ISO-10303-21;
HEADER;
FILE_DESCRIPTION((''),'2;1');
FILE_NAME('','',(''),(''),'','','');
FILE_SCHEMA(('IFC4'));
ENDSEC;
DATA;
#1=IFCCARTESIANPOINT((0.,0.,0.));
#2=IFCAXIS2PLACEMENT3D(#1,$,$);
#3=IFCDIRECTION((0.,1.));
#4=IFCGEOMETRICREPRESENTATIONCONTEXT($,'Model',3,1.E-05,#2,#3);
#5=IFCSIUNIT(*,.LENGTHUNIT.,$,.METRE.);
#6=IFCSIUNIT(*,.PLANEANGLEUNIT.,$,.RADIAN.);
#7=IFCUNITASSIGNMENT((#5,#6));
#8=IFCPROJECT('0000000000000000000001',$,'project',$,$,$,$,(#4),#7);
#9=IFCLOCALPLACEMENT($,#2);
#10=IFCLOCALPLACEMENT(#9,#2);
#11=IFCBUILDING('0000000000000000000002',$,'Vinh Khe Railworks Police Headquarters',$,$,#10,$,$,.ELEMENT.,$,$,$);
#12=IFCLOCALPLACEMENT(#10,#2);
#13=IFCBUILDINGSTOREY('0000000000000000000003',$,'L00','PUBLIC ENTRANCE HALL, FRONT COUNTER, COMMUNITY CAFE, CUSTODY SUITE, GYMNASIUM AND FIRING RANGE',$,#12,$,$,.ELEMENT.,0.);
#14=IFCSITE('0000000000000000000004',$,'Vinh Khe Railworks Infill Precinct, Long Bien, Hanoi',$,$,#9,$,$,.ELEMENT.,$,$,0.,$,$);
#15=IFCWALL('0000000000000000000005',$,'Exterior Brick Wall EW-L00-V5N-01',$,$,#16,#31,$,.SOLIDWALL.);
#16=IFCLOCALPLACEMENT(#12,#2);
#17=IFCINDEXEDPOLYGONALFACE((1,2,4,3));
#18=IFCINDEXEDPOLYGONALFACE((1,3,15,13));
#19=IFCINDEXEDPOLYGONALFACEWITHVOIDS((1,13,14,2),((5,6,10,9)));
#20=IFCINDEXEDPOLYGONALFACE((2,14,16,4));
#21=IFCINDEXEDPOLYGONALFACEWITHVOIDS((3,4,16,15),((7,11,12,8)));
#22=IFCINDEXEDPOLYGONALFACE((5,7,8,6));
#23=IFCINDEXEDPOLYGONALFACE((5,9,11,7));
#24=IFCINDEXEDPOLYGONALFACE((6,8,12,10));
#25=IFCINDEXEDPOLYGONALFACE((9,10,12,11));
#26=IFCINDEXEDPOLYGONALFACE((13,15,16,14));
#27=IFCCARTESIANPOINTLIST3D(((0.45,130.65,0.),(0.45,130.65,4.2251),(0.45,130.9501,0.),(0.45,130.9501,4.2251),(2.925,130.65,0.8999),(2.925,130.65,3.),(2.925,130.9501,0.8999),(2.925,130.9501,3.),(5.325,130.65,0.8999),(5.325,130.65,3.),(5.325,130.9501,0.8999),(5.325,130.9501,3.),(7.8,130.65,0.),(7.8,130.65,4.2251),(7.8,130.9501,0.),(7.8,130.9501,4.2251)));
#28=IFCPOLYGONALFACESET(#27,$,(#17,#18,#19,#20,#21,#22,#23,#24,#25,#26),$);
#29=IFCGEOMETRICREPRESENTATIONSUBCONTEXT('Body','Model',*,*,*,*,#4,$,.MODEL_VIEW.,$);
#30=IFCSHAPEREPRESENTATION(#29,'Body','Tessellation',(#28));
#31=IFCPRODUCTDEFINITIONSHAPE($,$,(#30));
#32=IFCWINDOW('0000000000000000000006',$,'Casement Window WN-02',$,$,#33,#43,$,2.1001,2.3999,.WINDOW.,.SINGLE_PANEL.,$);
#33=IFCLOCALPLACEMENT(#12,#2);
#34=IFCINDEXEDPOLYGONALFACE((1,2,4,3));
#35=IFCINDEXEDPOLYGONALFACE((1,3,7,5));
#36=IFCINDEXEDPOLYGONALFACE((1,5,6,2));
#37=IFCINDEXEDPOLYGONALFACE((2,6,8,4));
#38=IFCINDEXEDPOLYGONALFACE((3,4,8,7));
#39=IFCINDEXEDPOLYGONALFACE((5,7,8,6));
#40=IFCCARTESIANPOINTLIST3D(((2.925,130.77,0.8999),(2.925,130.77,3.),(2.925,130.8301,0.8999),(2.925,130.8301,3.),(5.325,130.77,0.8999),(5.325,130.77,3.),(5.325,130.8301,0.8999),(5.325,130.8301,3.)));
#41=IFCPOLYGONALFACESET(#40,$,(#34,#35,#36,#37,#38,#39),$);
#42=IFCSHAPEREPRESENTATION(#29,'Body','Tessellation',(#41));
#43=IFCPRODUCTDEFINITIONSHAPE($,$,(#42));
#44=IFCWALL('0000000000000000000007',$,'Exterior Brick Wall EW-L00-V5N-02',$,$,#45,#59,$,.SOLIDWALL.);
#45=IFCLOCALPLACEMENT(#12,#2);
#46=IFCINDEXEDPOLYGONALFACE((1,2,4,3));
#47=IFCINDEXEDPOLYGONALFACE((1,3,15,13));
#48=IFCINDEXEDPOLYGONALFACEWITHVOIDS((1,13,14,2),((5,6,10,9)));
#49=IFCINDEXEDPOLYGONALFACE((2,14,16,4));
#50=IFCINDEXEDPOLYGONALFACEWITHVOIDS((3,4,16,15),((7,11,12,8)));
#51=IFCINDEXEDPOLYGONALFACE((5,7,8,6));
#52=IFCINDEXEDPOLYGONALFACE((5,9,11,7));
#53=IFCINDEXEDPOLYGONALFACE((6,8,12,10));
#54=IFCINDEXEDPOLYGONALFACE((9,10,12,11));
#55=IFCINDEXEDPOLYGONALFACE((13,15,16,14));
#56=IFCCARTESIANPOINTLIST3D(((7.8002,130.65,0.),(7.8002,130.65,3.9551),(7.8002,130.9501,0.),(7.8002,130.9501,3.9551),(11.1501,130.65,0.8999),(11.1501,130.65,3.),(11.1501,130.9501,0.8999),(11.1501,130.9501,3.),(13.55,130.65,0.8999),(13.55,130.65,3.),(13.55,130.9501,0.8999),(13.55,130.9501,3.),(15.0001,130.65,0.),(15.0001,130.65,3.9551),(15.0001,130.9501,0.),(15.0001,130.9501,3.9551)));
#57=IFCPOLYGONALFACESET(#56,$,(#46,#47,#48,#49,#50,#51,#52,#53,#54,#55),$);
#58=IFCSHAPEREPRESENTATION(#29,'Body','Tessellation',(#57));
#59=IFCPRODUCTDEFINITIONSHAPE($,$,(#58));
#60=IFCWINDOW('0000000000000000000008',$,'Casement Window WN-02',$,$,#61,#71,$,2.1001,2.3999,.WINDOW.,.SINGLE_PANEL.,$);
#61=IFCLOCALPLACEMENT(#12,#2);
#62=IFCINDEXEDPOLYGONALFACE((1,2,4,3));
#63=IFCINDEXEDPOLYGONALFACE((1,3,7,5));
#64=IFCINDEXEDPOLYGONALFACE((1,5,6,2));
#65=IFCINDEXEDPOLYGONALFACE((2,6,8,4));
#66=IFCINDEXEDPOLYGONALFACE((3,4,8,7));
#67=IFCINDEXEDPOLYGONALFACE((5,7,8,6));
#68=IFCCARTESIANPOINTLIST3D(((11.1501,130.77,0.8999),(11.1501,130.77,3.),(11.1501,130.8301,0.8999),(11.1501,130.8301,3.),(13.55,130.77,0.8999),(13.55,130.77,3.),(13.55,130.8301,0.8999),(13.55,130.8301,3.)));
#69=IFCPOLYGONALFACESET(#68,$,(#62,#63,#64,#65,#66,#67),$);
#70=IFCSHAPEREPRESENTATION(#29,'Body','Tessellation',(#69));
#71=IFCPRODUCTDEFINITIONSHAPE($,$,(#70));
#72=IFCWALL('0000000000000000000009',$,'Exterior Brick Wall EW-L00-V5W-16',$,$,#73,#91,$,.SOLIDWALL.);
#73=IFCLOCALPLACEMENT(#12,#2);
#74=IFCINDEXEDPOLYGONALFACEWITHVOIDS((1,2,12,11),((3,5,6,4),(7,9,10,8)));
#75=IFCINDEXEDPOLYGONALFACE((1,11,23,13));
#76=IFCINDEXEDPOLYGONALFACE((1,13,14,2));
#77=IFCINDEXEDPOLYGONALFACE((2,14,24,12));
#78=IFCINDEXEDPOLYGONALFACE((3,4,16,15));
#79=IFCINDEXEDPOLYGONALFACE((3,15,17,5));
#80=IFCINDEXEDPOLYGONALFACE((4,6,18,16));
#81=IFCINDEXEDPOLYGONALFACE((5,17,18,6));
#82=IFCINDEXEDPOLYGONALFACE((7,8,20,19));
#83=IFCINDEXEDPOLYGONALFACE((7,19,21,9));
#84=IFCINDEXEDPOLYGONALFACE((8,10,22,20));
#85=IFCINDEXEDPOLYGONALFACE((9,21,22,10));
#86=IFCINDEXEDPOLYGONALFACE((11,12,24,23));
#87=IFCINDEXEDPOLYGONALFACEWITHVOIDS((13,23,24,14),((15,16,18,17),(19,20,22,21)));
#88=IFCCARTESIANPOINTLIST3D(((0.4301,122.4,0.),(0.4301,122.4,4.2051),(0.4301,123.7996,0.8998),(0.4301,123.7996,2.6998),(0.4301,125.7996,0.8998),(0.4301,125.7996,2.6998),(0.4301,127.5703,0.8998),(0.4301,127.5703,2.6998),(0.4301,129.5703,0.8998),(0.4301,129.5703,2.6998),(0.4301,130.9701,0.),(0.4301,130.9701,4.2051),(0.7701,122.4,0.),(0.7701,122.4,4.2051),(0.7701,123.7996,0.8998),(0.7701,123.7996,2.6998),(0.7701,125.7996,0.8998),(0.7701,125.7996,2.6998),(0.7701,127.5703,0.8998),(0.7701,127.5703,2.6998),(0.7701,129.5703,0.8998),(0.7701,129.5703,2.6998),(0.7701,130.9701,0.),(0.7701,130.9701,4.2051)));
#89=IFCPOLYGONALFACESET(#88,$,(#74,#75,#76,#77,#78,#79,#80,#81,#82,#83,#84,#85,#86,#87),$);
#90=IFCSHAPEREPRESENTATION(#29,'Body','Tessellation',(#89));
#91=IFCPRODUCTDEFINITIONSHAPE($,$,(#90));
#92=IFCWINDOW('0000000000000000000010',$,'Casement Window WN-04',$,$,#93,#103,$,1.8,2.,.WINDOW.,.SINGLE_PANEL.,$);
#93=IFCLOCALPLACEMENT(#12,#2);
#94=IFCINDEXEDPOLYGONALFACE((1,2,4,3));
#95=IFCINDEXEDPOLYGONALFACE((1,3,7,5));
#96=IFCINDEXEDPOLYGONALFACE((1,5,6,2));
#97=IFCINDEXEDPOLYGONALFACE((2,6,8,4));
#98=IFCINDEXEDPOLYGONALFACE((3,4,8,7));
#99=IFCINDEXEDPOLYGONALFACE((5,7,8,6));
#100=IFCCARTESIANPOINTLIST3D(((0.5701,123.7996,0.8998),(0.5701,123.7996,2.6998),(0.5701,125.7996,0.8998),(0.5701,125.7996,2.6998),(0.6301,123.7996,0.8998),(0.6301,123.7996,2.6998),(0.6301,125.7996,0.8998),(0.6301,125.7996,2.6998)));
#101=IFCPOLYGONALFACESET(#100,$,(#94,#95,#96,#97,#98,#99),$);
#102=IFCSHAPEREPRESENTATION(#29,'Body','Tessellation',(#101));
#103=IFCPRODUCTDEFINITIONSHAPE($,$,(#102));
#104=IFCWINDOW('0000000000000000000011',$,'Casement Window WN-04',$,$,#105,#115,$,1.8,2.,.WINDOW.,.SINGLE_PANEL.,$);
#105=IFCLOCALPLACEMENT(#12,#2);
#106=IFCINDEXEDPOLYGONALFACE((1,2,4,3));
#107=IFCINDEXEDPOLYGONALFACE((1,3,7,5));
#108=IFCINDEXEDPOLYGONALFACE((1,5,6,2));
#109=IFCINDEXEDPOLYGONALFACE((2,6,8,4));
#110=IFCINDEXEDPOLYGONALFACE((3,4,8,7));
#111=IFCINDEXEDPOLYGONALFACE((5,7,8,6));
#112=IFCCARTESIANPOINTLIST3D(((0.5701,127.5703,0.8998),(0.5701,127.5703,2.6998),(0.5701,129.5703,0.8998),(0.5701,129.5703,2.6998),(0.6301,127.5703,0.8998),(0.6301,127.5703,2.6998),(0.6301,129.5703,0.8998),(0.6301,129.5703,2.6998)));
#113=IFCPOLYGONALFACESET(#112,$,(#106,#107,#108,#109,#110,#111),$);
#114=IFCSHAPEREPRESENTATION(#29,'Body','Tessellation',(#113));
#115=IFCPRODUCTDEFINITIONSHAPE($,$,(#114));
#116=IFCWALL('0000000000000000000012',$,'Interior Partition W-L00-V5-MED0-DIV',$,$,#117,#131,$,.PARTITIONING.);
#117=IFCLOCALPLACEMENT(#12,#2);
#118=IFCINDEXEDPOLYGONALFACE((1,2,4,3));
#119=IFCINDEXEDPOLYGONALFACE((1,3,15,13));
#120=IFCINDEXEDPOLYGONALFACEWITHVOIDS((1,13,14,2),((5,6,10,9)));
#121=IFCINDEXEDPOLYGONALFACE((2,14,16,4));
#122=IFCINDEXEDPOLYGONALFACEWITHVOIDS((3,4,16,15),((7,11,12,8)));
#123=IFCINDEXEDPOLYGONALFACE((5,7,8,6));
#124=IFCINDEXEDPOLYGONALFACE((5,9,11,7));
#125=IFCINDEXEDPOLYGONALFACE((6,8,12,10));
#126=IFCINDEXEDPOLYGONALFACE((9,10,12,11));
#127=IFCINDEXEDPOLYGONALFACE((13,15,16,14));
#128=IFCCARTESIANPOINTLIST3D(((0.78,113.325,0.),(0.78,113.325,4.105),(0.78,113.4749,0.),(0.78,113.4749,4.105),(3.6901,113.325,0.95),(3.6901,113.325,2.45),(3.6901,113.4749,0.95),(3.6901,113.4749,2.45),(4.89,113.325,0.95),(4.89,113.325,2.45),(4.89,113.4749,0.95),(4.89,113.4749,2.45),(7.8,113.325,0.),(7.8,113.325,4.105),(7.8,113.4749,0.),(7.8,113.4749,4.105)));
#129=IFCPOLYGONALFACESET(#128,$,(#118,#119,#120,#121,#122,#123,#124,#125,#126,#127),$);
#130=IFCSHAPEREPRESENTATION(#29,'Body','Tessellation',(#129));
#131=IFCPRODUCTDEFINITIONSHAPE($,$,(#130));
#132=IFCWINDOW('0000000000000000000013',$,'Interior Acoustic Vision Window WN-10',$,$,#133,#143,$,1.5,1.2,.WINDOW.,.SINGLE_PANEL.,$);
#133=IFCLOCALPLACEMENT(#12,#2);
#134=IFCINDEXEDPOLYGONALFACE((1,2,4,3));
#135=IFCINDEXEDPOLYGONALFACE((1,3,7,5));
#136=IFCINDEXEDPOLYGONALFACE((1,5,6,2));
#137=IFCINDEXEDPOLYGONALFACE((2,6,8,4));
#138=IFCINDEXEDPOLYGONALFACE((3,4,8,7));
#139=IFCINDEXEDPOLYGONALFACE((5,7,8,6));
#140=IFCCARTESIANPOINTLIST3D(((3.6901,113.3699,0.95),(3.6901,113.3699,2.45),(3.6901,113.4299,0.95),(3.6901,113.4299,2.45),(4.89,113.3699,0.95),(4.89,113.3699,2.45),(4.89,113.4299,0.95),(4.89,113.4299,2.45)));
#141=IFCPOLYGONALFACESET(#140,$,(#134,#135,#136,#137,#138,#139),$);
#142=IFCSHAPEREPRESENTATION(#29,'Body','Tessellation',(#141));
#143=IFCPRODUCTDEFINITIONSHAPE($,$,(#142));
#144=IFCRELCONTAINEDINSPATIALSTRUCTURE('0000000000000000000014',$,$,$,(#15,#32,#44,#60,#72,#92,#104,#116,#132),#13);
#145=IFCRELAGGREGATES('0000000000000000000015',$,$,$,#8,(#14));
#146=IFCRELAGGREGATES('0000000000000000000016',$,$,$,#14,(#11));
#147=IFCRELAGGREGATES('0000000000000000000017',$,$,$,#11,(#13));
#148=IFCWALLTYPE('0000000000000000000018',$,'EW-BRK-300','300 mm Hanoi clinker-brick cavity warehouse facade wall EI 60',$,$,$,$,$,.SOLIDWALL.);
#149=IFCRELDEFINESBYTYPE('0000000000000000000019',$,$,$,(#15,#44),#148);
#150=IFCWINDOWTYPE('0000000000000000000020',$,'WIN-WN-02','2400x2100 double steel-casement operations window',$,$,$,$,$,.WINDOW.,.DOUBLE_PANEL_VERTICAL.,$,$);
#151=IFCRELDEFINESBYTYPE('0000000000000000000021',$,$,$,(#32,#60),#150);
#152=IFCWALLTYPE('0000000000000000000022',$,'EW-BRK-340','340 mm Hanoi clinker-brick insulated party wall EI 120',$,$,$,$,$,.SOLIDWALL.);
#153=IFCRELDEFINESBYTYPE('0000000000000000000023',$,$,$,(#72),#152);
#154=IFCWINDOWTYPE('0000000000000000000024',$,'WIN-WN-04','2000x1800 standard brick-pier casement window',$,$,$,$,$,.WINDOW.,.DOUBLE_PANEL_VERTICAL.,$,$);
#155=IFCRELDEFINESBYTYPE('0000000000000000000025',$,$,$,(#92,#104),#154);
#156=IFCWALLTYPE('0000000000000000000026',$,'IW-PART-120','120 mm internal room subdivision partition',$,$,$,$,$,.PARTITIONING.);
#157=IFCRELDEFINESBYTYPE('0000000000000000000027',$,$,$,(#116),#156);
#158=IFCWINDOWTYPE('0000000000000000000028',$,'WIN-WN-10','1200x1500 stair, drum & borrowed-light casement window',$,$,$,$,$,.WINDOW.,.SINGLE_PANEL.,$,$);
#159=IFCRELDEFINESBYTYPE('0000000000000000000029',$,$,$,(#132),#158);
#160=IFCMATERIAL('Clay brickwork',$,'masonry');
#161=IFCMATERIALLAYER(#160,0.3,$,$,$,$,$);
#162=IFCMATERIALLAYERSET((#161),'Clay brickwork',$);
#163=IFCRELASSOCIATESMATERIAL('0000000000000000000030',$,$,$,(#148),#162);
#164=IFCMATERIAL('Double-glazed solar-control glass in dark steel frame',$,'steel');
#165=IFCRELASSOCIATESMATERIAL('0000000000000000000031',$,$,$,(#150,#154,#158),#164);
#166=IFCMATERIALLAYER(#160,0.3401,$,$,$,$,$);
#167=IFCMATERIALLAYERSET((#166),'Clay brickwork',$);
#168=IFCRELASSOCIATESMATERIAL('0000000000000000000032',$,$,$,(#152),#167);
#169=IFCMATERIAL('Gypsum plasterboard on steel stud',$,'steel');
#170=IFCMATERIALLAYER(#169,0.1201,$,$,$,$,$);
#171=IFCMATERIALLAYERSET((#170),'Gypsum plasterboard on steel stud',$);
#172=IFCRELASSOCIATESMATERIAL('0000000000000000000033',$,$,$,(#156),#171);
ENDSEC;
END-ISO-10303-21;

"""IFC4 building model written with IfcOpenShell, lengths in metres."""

from ifc_helpers import new_model, si_unit, direction, frame, frame_2d, origin, place, context, subcontext, project, spatial, rectangle, extrude, material, layer, layer_set, type_object, element, fill, save


model = new_model("IFC4")

# Units and contexts
model_context = context("Model", 3, precision=1e-05, world=origin(), true_north=direction((0.0, 1.0)))
body_context = subcontext(model_context, "Body", "Model", "MODEL_VIEW")
ifc_project = project(units=[si_unit("LENGTHUNIT", "METRE"), si_unit("PLANEANGLEUNIT", "RADIAN")], contexts=[model_context])

# Site, building, storey
site_placement = place(None, origin())
site = spatial("IfcSite", under=ifc_project, at=site_placement, Name="Vinh Khe Railworks Infill Precinct, Long Bien, Hanoi", CompositionType="ELEMENT", RefElevation=0.0)
building_placement = place(site_placement, origin())
building = spatial("IfcBuilding", under=site, at=building_placement, Name="Vinh Khe Railworks Police Headquarters", CompositionType="ELEMENT")
storey_placement = place(building_placement, origin())
storey = spatial("IfcBuildingStorey", under=building, at=storey_placement, Name="L00", Description="PUBLIC ENTRANCE HALL, FRONT COUNTER, COMMUNITY CAFE, CUSTODY SUITE, GYMNASIUM AND FIRING RANGE", CompositionType="ELEMENT", Elevation=0.0)

# Walls, openings, windows
ifc_material_1 = material(Name="Clay brickwork", Category="masonry")
ifc_layer_1 = layer(ifc_material_1, 0.3)
ifc_layer_set_1 = layer_set([ifc_layer_1], Name="Clay brickwork")
wall_type_1 = type_object("IfcWallType", Name="EW-BRK-300", Description="300 mm Hanoi clinker-brick cavity warehouse facade wall EI 60", PredefinedType="SOLIDWALL", material=ifc_layer_set_1)
wall_1_placement = place(storey_placement, frame((0.45, 130.8, 0.0), z_axis=(0.0, 0.0, 1.0), x_axis=(1.0, 0.0, 0.0)))
wall_1 = element("IfcWall", 1, at=wall_1_placement, inside=storey, type_object=wall_type_1, Name="Exterior Brick Wall EW-L00-V5N-01", PredefinedType="SOLIDWALL", context=body_context, shape_type="SweptSolid", body=[
    extrude(rectangle(XDim=7.3501, YDim=0.3, at=frame_2d((3.675, 0.0))), origin(), (0.0, 0.0, 1.0), 4.2251),
])
opening_1_placement = place(wall_1_placement, frame((2.4751, 0.0, 0.8999)))
opening_1 = element("IfcOpeningElement", 2, at=opening_1_placement, cuts=wall_1, PredefinedType="OPENING", context=body_context, shape_type="SweptSolid", body=[
    extrude(rectangle(XDim=2.3999, YDim=2.1001, at=frame_2d((1.2, 1.05))), frame((0.0, 0.165, 0.0), z_axis=(0.0, -1.0, 0.0), x_axis=(1.0, 0.0, 0.0)), (0.0, 0.0, 1.0), 0.3298),
])
ifc_material_2 = material(Name="Double-glazed solar-control glass in dark steel frame", Category="steel")
window_type_1 = type_object("IfcWindowType", Name="WIN-WN-02", Description="2400x2100 double steel-casement operations window", PartitioningType="DOUBLE_PANEL_VERTICAL", PredefinedType="WINDOW", material=ifc_material_2)
window_1_placement = place(opening_1_placement, origin())
window_1 = element("IfcWindow", 3, at=window_1_placement, inside=storey, type_object=window_type_1, Name="Casement Window WN-02", OverallHeight=2.1001, OverallWidth=2.3999, PartitioningType="SINGLE_PANEL", PredefinedType="WINDOW", context=body_context, shape_type="SweptSolid", body=[
    extrude(rectangle(XDim=2.3999, YDim=2.1001, at=frame_2d((1.2, 1.05))), frame((0.0, 0.03, 0.0), z_axis=(0.0, -1.0, 0.0), x_axis=(1.0, 0.0, 0.0)), (0.0, 0.0, 1.0), 0.0601),
])
fill(opening_1, window_1)
wall_2_placement = place(storey_placement, frame((7.8, 130.8, 0.0), z_axis=(0.0, 0.0, 1.0), x_axis=(1.0, 0.0, 0.0)))
wall_2 = element("IfcWall", 4, at=wall_2_placement, inside=storey, type_object=wall_type_1, Name="Exterior Brick Wall EW-L00-V5N-02", PredefinedType="SOLIDWALL", context=body_context, shape_type="SweptSolid", body=[
    extrude(rectangle(XDim=7.2, YDim=0.3, at=frame_2d((3.6001, 0.0))), origin(), (0.0, 0.0, 1.0), 3.9551),
])
opening_2_placement = place(wall_2_placement, frame((3.3501, 0.0, 0.8999)))
opening_2 = element("IfcOpeningElement", 5, at=opening_2_placement, cuts=wall_2, PredefinedType="OPENING", context=body_context, shape_type="SweptSolid", body=[
    extrude(rectangle(XDim=2.3999, YDim=2.1001, at=frame_2d((1.2, 1.05))), frame((0.0, 0.165, 0.0), z_axis=(0.0, -1.0, 0.0), x_axis=(1.0, 0.0, 0.0)), (0.0, 0.0, 1.0), 0.3298),
])
window_2_placement = place(opening_2_placement, origin())
window_2 = element("IfcWindow", 6, at=window_2_placement, inside=storey, type_object=window_type_1, Name="Casement Window WN-02", OverallHeight=2.1001, OverallWidth=2.3999, PartitioningType="SINGLE_PANEL", PredefinedType="WINDOW", context=body_context, shape_type="SweptSolid", body=[
    extrude(rectangle(XDim=2.3999, YDim=2.1001, at=frame_2d((1.2, 1.05))), frame((0.0, 0.03, 0.0), z_axis=(0.0, -1.0, 0.0), x_axis=(1.0, 0.0, 0.0)), (0.0, 0.0, 1.0), 0.0601),
])
fill(opening_2, window_2)

# Wall, openings, windows
ifc_layer_2 = layer(ifc_material_1, 0.3401)
ifc_layer_set_2 = layer_set([ifc_layer_2], Name="Clay brickwork")
wall_type_2 = type_object("IfcWallType", Name="EW-BRK-340", Description="340 mm Hanoi clinker-brick insulated party wall EI 120", PredefinedType="SOLIDWALL", material=ifc_layer_set_2)
wall_3_placement = place(storey_placement, frame((0.6001, 122.3999, 0.0), z_axis=(0.0, 0.0, 1.0), x_axis=(0.0, 1.0, 0.0)))
wall_3 = element("IfcWall", 7, at=wall_3_placement, inside=storey, type_object=wall_type_2, Name="Exterior Brick Wall EW-L00-V5W-16", PredefinedType="SOLIDWALL", context=body_context, shape_type="SweptSolid", body=[
    extrude(rectangle(XDim=8.5701, YDim=0.3401, at=frame_2d((4.2852, 0.0))), origin(), (0.0, 0.0, 1.0), 4.2051),
])
opening_3_placement = place(wall_3_placement, frame((1.3997, 0.0, 0.8999)))
opening_3 = element("IfcOpeningElement", 8, at=opening_3_placement, cuts=wall_3, PredefinedType="OPENING", context=body_context, shape_type="SweptSolid", body=[
    extrude(rectangle(XDim=2.0, YDim=1.8, at=frame_2d((1.0, 0.8999))), frame((0.0, 0.1851, 0.0), z_axis=(0.0, -1.0, 0.0), x_axis=(1.0, 0.0, 0.0)), (0.0, 0.0, 1.0), 0.3699),
])
opening_4_placement = place(wall_3_placement, frame((5.1704, 0.0, 0.8999)))
opening_4 = element("IfcOpeningElement", 9, at=opening_4_placement, cuts=wall_3, PredefinedType="OPENING", context=body_context, shape_type="SweptSolid", body=[
    extrude(rectangle(XDim=2.0, YDim=1.8, at=frame_2d((1.0, 0.8999))), frame((0.0, 0.1851, 0.0), z_axis=(0.0, -1.0, 0.0), x_axis=(1.0, 0.0, 0.0)), (0.0, 0.0, 1.0), 0.3699),
])
window_type_2 = type_object("IfcWindowType", Name="WIN-WN-04", Description="2000x1800 standard brick-pier casement window", PartitioningType="DOUBLE_PANEL_VERTICAL", PredefinedType="WINDOW", material=ifc_material_2)
window_3_placement = place(opening_3_placement, origin())
window_3 = element("IfcWindow", 10, at=window_3_placement, inside=storey, type_object=window_type_2, Name="Casement Window WN-04", OverallHeight=1.8, OverallWidth=2.0, PartitioningType="SINGLE_PANEL", PredefinedType="WINDOW", context=body_context, shape_type="SweptSolid", body=[
    extrude(rectangle(XDim=2.0, YDim=1.8, at=frame_2d((1.0, 0.8999))), frame((0.0, 0.03, 0.0), z_axis=(0.0, -1.0, 0.0), x_axis=(1.0, 0.0, 0.0)), (0.0, 0.0, 1.0), 0.0601),
])
fill(opening_3, window_3)
window_4_placement = place(opening_4_placement, origin())
window_4 = element("IfcWindow", 11, at=window_4_placement, inside=storey, type_object=window_type_2, Name="Casement Window WN-04", OverallHeight=1.8, OverallWidth=2.0, PartitioningType="SINGLE_PANEL", PredefinedType="WINDOW", context=body_context, shape_type="SweptSolid", body=[
    extrude(rectangle(XDim=2.0, YDim=1.8, at=frame_2d((1.0, 0.8999))), frame((0.0, 0.03, 0.0), z_axis=(0.0, -1.0, 0.0), x_axis=(1.0, 0.0, 0.0)), (0.0, 0.0, 1.0), 0.0601),
])
fill(opening_4, window_4)

# Wall, opening, window
ifc_material_3 = material(Name="Gypsum plasterboard on steel stud", Category="steel")
ifc_layer_3 = layer(ifc_material_3, 0.1201)
ifc_layer_set_3 = layer_set([ifc_layer_3], Name="Gypsum plasterboard on steel stud")
wall_type_3 = type_object("IfcWallType", Name="IW-PART-120", Description="120 mm internal room subdivision partition", PredefinedType="PARTITIONING", material=ifc_layer_set_3)
wall_4_placement = place(storey_placement, frame((0.78, 113.3999, 0.0), z_axis=(0.0, 0.0, 1.0), x_axis=(1.0, 0.0, 0.0)))
wall_4 = element("IfcWall", 12, at=wall_4_placement, inside=storey, type_object=wall_type_3, Name="Interior Partition W-L00-V5-MED0-DIV", PredefinedType="PARTITIONING", context=body_context, shape_type="SweptSolid", body=[
    extrude(rectangle(XDim=7.02, YDim=0.1499, at=frame_2d((3.51, 0.0))), origin(), (0.0, 0.0, 1.0), 4.105),
])
opening_5_placement = place(wall_4_placement, frame((2.9099, 0.0, 0.95)))
opening_5 = element("IfcOpeningElement", 13, at=opening_5_placement, cuts=wall_4, PredefinedType="OPENING", context=body_context, shape_type="SweptSolid", body=[
    extrude(rectangle(XDim=1.2, YDim=1.5, at=frame_2d((0.6001, 0.75))), frame((0.0, 0.0898, 0.0), z_axis=(0.0, -1.0, 0.0), x_axis=(1.0, 0.0, 0.0)), (0.0, 0.0, 1.0), 0.1797),
])
window_type_3 = type_object("IfcWindowType", Name="WIN-WN-10", Description="1200x1500 stair, drum & borrowed-light casement window", PartitioningType="SINGLE_PANEL", PredefinedType="WINDOW", material=ifc_material_2)
window_5_placement = place(opening_5_placement, origin())
window_5 = element("IfcWindow", 14, at=window_5_placement, inside=storey, type_object=window_type_3, Name="Interior Acoustic Vision Window WN-10", OverallHeight=1.5, OverallWidth=1.2, PartitioningType="SINGLE_PANEL", PredefinedType="WINDOW", context=body_context, shape_type="SweptSolid", body=[
    extrude(rectangle(XDim=1.2, YDim=1.5, at=frame_2d((0.6001, 0.75))), frame((0.0, 0.03, 0.0), z_axis=(0.0, -1.0, 0.0), x_axis=(1.0, 0.0, 0.0)), (0.0, 0.0, 1.0), 0.0601),
])
fill(opening_5, window_5)

save(model, "model.ifc")
